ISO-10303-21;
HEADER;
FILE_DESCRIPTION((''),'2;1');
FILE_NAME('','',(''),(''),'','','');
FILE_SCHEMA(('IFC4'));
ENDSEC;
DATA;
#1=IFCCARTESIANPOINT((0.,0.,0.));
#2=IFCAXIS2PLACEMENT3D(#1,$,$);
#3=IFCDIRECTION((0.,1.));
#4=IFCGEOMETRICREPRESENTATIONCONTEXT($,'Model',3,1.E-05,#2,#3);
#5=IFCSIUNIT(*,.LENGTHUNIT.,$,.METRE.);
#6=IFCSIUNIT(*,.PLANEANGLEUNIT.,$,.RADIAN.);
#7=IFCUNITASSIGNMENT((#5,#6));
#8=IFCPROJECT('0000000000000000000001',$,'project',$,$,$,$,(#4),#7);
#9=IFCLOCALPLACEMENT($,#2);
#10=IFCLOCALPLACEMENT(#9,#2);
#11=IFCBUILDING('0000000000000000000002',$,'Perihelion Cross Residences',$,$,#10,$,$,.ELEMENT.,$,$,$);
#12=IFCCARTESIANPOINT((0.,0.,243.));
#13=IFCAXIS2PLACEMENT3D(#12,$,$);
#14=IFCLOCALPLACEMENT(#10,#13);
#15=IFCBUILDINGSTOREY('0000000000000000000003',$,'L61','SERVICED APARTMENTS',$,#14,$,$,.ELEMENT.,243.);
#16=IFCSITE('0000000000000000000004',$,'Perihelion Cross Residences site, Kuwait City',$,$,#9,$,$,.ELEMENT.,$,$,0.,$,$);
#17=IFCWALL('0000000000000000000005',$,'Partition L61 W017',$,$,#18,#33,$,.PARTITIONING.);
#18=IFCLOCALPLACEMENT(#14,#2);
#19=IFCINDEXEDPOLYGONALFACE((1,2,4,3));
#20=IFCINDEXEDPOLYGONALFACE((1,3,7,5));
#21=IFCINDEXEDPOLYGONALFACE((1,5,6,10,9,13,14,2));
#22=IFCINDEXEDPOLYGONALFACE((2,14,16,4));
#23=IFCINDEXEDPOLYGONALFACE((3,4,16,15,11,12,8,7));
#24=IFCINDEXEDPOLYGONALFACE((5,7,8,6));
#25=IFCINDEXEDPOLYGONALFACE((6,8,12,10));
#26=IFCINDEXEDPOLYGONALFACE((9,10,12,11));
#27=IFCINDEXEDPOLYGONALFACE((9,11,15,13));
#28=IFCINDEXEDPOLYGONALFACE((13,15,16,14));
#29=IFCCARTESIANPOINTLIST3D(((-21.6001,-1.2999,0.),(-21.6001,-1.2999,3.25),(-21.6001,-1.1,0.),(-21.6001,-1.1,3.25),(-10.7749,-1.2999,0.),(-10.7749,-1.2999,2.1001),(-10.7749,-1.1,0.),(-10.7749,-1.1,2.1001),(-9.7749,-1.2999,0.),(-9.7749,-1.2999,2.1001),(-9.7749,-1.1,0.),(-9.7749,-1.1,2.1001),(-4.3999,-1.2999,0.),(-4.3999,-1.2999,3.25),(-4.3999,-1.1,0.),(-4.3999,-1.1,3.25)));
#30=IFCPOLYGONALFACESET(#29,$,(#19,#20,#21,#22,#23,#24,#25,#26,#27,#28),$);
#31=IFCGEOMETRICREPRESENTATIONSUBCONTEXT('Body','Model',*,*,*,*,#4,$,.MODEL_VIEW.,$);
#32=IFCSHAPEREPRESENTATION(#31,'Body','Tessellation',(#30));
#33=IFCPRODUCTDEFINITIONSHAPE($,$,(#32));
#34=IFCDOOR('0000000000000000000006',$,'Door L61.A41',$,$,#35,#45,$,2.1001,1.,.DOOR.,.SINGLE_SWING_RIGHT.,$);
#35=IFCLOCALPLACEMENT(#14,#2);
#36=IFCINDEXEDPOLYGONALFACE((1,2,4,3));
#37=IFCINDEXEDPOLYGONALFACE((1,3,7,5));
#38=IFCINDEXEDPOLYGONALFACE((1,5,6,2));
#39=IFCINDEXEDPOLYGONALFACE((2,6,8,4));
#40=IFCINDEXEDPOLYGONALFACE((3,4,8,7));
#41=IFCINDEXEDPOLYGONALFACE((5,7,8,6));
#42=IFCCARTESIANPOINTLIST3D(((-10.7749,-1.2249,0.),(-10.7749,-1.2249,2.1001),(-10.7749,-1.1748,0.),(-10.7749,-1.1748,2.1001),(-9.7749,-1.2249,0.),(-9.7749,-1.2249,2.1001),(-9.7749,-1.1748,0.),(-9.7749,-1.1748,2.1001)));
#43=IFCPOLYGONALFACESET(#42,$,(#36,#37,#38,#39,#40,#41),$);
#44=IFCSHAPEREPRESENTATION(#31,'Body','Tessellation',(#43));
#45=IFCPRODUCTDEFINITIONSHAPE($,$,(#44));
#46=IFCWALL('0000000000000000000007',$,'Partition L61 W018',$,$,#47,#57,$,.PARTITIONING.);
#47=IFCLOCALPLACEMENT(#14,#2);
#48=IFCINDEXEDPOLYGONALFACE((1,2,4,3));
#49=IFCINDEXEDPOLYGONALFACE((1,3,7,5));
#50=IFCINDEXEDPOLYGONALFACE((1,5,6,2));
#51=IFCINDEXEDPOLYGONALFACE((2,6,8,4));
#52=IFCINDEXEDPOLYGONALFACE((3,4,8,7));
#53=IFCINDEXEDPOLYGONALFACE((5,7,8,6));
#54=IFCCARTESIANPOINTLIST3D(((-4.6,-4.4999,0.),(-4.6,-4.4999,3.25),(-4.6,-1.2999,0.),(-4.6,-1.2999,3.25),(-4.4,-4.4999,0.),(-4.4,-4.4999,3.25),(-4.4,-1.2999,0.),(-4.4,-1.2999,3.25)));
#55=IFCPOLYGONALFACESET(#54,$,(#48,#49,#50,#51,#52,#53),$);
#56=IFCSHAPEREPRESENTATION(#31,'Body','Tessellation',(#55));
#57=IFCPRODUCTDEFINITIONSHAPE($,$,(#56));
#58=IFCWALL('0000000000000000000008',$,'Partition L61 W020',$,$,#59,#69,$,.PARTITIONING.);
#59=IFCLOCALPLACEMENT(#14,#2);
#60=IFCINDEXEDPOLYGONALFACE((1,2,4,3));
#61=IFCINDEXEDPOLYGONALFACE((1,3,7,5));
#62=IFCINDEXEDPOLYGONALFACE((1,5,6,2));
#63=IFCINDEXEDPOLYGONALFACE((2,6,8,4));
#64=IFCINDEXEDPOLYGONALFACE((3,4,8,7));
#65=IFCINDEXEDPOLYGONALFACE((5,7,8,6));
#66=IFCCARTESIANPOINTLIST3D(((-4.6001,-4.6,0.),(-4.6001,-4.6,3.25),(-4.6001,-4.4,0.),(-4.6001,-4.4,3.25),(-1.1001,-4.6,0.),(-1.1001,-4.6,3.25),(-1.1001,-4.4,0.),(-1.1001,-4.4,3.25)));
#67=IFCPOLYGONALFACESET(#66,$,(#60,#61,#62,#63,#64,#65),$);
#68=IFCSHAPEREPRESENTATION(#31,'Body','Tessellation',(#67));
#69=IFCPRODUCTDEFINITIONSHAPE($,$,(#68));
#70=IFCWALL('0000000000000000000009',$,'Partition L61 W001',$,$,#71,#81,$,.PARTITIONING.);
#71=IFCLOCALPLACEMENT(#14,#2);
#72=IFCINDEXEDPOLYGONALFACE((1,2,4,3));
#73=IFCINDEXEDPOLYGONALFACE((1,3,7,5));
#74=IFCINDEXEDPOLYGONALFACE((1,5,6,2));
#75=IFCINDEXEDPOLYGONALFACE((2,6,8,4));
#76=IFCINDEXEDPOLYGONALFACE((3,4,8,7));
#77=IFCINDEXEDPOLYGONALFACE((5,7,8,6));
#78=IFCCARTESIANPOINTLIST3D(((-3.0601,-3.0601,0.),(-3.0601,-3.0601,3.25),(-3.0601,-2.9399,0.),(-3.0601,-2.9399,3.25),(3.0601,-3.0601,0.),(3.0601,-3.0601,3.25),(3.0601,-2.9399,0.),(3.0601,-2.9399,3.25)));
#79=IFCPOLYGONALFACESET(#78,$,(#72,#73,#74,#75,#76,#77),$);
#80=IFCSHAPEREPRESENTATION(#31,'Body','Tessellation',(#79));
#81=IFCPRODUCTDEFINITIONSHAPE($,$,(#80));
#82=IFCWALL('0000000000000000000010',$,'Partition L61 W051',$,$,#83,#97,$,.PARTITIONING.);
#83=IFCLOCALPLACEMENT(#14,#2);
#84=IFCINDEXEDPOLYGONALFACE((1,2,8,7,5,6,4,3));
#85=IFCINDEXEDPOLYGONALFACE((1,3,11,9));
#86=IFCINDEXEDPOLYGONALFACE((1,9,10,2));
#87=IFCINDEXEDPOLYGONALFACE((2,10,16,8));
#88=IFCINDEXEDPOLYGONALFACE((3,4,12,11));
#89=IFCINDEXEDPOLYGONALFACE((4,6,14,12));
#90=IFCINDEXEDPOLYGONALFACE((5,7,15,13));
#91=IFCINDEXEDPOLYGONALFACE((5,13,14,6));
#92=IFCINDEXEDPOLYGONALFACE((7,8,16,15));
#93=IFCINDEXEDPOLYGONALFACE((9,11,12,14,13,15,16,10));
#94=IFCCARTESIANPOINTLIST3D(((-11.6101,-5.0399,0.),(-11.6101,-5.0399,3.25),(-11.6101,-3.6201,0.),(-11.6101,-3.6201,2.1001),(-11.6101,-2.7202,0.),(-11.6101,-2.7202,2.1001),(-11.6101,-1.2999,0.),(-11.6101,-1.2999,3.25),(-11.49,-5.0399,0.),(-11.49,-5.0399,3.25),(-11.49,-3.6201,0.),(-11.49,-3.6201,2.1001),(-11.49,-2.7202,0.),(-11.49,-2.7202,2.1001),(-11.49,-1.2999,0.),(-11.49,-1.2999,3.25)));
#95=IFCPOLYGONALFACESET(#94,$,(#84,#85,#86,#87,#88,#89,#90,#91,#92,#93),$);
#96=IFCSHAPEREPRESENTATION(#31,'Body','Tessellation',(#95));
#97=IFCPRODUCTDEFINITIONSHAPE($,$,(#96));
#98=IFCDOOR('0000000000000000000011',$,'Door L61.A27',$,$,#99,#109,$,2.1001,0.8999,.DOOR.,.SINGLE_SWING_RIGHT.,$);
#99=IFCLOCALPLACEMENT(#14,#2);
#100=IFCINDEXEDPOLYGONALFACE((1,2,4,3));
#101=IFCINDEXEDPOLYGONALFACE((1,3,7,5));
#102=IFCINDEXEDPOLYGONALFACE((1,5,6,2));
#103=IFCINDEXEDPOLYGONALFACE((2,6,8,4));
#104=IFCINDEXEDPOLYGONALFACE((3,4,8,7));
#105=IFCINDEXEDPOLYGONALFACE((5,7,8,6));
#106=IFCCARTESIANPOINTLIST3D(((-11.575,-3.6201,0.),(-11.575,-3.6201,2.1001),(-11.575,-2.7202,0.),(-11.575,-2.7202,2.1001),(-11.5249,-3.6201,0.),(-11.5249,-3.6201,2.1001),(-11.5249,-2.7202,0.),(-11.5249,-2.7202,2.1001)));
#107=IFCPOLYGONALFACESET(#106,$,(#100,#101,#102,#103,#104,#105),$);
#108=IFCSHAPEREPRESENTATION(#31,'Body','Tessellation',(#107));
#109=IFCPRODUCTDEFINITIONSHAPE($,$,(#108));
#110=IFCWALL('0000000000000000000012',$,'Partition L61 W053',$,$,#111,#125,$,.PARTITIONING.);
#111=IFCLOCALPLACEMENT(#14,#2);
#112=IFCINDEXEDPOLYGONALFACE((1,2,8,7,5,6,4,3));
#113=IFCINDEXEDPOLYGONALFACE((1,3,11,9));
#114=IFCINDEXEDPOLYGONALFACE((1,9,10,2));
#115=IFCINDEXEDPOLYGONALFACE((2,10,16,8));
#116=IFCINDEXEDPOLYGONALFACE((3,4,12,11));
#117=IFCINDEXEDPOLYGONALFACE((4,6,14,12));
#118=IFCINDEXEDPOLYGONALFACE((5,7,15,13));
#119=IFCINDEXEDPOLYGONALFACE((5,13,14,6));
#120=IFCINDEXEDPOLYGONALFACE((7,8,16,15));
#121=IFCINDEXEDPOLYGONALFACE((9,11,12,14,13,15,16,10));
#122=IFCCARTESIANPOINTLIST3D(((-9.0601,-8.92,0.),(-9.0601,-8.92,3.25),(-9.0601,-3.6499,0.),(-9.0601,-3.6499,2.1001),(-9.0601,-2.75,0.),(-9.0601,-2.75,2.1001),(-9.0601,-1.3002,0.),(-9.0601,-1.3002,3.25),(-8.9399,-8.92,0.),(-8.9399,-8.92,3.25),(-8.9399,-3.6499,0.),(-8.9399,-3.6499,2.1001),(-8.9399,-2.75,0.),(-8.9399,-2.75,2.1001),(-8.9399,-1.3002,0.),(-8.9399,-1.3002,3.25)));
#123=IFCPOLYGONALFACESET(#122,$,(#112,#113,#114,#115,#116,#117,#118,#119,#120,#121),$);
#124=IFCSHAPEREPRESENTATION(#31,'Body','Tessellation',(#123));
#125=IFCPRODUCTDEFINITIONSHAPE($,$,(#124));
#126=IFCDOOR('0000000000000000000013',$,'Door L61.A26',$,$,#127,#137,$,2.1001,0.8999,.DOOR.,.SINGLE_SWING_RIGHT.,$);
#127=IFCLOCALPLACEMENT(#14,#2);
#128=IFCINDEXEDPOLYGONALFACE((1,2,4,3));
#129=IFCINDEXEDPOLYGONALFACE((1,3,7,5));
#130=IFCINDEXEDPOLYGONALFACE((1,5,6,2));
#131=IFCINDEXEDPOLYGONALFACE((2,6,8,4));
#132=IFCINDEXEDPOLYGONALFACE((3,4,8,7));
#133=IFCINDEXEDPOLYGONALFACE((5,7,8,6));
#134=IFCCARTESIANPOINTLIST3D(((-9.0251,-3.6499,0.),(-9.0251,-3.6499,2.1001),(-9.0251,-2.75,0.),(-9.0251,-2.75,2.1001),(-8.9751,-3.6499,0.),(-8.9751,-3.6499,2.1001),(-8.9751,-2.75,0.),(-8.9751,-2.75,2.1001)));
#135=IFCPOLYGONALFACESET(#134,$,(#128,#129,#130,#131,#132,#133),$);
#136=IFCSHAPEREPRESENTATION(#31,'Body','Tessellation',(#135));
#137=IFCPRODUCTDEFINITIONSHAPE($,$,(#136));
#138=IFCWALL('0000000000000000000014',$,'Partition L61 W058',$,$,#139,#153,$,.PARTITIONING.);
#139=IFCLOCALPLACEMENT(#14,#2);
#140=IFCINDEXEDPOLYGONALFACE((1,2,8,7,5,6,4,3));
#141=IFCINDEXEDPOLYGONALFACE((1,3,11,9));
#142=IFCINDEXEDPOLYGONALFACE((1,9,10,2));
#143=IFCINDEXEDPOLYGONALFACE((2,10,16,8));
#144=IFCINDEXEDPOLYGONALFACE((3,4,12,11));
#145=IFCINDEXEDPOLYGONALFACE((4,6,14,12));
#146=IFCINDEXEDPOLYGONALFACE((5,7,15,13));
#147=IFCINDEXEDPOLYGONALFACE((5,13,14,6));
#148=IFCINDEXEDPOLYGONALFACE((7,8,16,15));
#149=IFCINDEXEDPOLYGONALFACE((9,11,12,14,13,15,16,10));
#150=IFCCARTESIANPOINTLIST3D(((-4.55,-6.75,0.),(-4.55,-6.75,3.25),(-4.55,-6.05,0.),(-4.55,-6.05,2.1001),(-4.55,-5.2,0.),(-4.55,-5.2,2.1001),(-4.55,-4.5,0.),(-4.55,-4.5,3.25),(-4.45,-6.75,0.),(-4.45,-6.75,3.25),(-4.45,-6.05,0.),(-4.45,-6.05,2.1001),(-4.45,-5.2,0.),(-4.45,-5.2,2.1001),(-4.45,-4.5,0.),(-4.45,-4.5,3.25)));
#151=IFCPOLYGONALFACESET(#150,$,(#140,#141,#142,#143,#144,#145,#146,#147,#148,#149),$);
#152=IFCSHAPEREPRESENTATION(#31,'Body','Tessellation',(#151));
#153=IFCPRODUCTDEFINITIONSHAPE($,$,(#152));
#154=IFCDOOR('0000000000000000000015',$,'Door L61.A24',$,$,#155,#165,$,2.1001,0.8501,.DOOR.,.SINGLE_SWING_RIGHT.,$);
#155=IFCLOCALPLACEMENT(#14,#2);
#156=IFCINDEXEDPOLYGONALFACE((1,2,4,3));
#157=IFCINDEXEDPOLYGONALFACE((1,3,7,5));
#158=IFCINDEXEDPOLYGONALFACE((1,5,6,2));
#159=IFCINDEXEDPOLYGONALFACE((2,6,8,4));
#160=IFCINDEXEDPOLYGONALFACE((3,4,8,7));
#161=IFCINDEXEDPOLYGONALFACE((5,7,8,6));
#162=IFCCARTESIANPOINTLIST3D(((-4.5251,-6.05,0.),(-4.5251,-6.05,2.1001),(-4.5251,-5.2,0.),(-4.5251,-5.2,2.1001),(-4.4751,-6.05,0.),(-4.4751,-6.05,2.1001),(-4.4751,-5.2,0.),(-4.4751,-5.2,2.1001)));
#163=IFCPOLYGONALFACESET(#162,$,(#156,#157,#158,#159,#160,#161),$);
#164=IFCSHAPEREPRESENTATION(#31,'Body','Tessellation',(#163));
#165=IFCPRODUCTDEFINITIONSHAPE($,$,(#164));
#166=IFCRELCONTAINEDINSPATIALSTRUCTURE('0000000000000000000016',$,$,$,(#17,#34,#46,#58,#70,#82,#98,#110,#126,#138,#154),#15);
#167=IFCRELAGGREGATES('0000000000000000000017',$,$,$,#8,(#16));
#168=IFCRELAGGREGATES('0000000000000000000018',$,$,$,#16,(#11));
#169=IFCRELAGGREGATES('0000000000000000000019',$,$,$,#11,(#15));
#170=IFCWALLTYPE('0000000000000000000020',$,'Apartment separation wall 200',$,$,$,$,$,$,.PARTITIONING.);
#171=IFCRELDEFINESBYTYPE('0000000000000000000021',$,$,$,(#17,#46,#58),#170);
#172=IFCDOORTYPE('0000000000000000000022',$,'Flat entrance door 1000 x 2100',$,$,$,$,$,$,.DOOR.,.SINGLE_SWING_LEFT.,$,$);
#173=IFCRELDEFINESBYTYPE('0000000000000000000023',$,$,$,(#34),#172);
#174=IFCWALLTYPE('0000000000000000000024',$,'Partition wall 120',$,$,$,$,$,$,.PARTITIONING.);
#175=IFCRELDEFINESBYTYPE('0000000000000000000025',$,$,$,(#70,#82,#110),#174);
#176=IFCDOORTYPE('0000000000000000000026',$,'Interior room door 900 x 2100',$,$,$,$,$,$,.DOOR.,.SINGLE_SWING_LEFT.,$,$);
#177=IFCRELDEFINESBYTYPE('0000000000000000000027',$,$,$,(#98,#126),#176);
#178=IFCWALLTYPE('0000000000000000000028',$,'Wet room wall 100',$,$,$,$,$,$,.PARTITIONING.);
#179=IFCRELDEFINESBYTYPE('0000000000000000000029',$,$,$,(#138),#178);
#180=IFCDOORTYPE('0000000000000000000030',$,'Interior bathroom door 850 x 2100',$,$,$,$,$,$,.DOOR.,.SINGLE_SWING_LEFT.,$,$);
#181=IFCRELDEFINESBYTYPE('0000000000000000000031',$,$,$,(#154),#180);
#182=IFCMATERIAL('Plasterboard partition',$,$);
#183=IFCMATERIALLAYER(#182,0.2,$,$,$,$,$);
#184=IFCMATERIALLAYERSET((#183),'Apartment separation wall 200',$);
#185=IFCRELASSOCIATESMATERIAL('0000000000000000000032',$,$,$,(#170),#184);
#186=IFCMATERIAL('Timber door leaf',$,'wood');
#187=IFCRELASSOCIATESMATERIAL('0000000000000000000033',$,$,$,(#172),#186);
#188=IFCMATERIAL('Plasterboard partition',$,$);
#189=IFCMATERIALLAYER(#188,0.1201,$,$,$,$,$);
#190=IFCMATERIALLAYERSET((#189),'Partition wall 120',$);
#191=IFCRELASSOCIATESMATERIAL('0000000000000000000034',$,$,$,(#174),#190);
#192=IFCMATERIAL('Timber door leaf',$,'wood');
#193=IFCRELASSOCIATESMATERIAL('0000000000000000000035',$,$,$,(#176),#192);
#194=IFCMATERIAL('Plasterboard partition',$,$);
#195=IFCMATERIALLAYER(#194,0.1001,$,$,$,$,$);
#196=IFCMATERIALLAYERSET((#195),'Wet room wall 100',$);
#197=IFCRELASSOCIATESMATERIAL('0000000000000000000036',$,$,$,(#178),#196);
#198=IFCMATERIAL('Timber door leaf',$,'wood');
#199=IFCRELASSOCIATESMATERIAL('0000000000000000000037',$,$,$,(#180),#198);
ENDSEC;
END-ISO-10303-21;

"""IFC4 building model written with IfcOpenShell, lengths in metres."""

from ifc_helpers import new_model, si_unit, direction, frame, frame_2d, origin, place, context, subcontext, project, spatial, rectangle, extrude, material, layer, layer_set, type_object, element, fill, save


model = new_model("IFC4")

# Units and contexts
model_context = context("Model", 3, precision=1e-05, world=origin(), true_north=direction((0.0, 1.0)))
body_context = subcontext(model_context, "Body", "Model", "MODEL_VIEW")
ifc_project = project(units=[si_unit("LENGTHUNIT", "METRE"), si_unit("PLANEANGLEUNIT", "RADIAN")], contexts=[model_context])

# Site, building, storey
site_placement = place(None, origin())
site = spatial("IfcSite", under=ifc_project, at=site_placement, Name="Perihelion Cross Residences site, Kuwait City", CompositionType="ELEMENT", RefElevation=0.0)
building_placement = place(site_placement, origin())
building = spatial("IfcBuilding", under=site, at=building_placement, Name="Perihelion Cross Residences", CompositionType="ELEMENT")
storey_placement = place(building_placement, frame((0.0, 0.0, 243.0)))
storey = spatial("IfcBuildingStorey", under=building, at=storey_placement, Name="L61", Description="SERVICED APARTMENTS", CompositionType="ELEMENT", Elevation=243.0)

# Wall, opening, door
ifc_material_1 = material(Name="Plasterboard partition")
ifc_layer_1 = layer(ifc_material_1, 0.2)
ifc_layer_set_1 = layer_set([ifc_layer_1], Name="Apartment separation wall 200")
wall_type_1 = type_object("IfcWallType", Name="Apartment separation wall 200", PredefinedType="PARTITIONING", material=ifc_layer_set_1)
wall_1_placement = place(storey_placement, frame((-4.3999, -1.2, 0.0), z_axis=(0.0, 0.0, 1.0), x_axis=(-1.0, 0.0, 0.0)))
wall_1 = element("IfcWall", 1, at=wall_1_placement, inside=storey, type_object=wall_type_1, Name="Partition L61 W017", PredefinedType="PARTITIONING", context=body_context, shape_type="SweptSolid", body=[
    extrude(rectangle(XDim=17.2002, YDim=0.2, at=frame_2d((8.6001, 0.0))), origin(), (0.0, 0.0, 1.0), 3.25),
])
opening_1_placement = place(wall_1_placement, frame((5.375, 0.0, 0.0)))
opening_1 = element("IfcOpeningElement", 2, at=opening_1_placement, cuts=wall_1, PredefinedType="OPENING", context=body_context, shape_type="SweptSolid", body=[
    extrude(rectangle(XDim=1.0, YDim=2.1001, at=frame_2d((0.5, 1.05))), frame((0.0, 0.1099, 0.0), z_axis=(0.0, -1.0, 0.0), x_axis=(1.0, 0.0, 0.0)), (0.0, 0.0, 1.0), 0.22),
])
ifc_material_2 = material(Name="Timber door leaf", Category="wood")
door_type_1 = type_object("IfcDoorType", Name="Flat entrance door 1000 x 2100", OperationType="SINGLE_SWING_LEFT", PredefinedType="DOOR", material=ifc_material_2)
door_1_placement = place(opening_1_placement, origin())
door_1 = element("IfcDoor", 3, at=door_1_placement, inside=storey, type_object=door_type_1, Name="Door L61.A41", OperationType="SINGLE_SWING_RIGHT", OverallHeight=2.1001, OverallWidth=1.0, PredefinedType="DOOR", context=body_context, shape_type="SweptSolid", body=[
    extrude(rectangle(XDim=1.0, YDim=2.1001, at=frame_2d((0.5, 1.05))), frame((0.0, 0.0249, 0.0), z_axis=(0.0, -1.0, 0.0), x_axis=(1.0, 0.0, 0.0)), (0.0, 0.0, 1.0), 0.05),
])
fill(opening_1, door_1)

# Walls
wall_2_placement = place(storey_placement, frame((-4.5, -4.5, 0.0), z_axis=(0.0, 0.0, 1.0), x_axis=(0.0, 1.0, 0.0)))
element("IfcWall", 4, at=wall_2_placement, inside=storey, type_object=wall_type_1, Name="Partition L61 W018", PredefinedType="PARTITIONING", context=body_context, shape_type="SweptSolid", body=[
    extrude(rectangle(XDim=3.2, YDim=0.2, at=frame_2d((1.6001, 0.0))), origin(), (0.0, 0.0, 1.0), 3.25),
])
wall_3_placement = place(storey_placement, frame((-1.1001, -4.5, 0.0), z_axis=(0.0, 0.0, 1.0), x_axis=(-1.0, 0.0, 0.0)))
element("IfcWall", 5, at=wall_3_placement, inside=storey, type_object=wall_type_1, Name="Partition L61 W020", PredefinedType="PARTITIONING", context=body_context, shape_type="SweptSolid", body=[
    extrude(rectangle(XDim=3.5, YDim=0.2, at=frame_2d((1.75, 0.0))), origin(), (0.0, 0.0, 1.0), 3.25),
])
ifc_material_3 = material(Name="Plasterboard partition")
ifc_layer_2 = layer(ifc_material_3, 0.1201)
ifc_layer_set_2 = layer_set([ifc_layer_2], Name="Partition wall 120")
wall_type_2 = type_object("IfcWallType", Name="Partition wall 120", PredefinedType="PARTITIONING", material=ifc_layer_set_2)
wall_4_placement = place(storey_placement, frame((-3.0601, -3.0, 0.0), z_axis=(0.0, 0.0, 1.0), x_axis=(1.0, 0.0, 0.0)))
element("IfcWall", 6, at=wall_4_placement, inside=storey, type_object=wall_type_2, Name="Partition L61 W001", PredefinedType="PARTITIONING", context=body_context, shape_type="SweptSolid", body=[
    extrude(rectangle(XDim=6.1201, YDim=0.1201, at=frame_2d((3.0601, 0.0))), origin(), (0.0, 0.0, 1.0), 3.25),
])

# Walls, openings, doors
wall_5_placement = place(storey_placement, frame((-11.55, -5.04, 0.0), z_axis=(0.0, 0.0, 1.0), x_axis=(0.0, 1.0, 0.0)))
wall_5 = element("IfcWall", 7, at=wall_5_placement, inside=storey, type_object=wall_type_2, Name="Partition L61 W051", PredefinedType="PARTITIONING", context=body_context, shape_type="SweptSolid", body=[
    extrude(rectangle(XDim=3.74, YDim=0.1201, at=frame_2d((1.8701, 0.0))), origin(), (0.0, 0.0, 1.0), 3.25),
])
opening_2_placement = place(wall_5_placement, frame((1.4199, 0.0, 0.0)))
opening_2 = element("IfcOpeningElement", 8, at=opening_2_placement, cuts=wall_5, PredefinedType="OPENING", context=body_context, shape_type="SweptSolid", body=[
    extrude(rectangle(XDim=0.8999, YDim=2.1001, at=frame_2d((0.45, 1.05))), frame((0.0, 0.0701, 0.0), z_axis=(0.0, -1.0, 0.0), x_axis=(1.0, 0.0, 0.0)), (0.0, 0.0, 1.0), 0.1401),
])
ifc_material_4 = material(Name="Timber door leaf", Category="wood")
door_type_2 = type_object("IfcDoorType", Name="Interior room door 900 x 2100", OperationType="SINGLE_SWING_LEFT", PredefinedType="DOOR", material=ifc_material_4)
door_2_placement = place(opening_2_placement, origin())
door_2 = element("IfcDoor", 9, at=door_2_placement, inside=storey, type_object=door_type_2, Name="Door L61.A27", OperationType="SINGLE_SWING_RIGHT", OverallHeight=2.1001, OverallWidth=0.8999, PredefinedType="DOOR", context=body_context, shape_type="SweptSolid", body=[
    extrude(rectangle(XDim=0.8999, YDim=2.1001, at=frame_2d((0.45, 1.05))), frame((0.0, 0.0249, 0.0), z_axis=(0.0, -1.0, 0.0), x_axis=(1.0, 0.0, 0.0)), (0.0, 0.0, 1.0), 0.05),
])
fill(opening_2, door_2)
wall_6_placement = place(storey_placement, frame((-9.0, -1.3, 0.0), z_axis=(0.0, 0.0, 1.0), x_axis=(0.0, -1.0, 0.0)))
wall_6 = element("IfcWall", 10, at=wall_6_placement, inside=storey, type_object=wall_type_2, Name="Partition L61 W053", PredefinedType="PARTITIONING", context=body_context, shape_type="SweptSolid", body=[
    extrude(rectangle(XDim=7.6199, YDim=0.1201, at=frame_2d((3.8101, 0.0))), origin(), (0.0, 0.0, 1.0), 3.25),
])
opening_3_placement = place(wall_6_placement, frame((1.45, 0.0, 0.0)))
opening_3 = element("IfcOpeningElement", 11, at=opening_3_placement, cuts=wall_6, PredefinedType="OPENING", context=body_context, shape_type="SweptSolid", body=[
    extrude(rectangle(XDim=0.8999, YDim=2.1001, at=frame_2d((0.45, 1.05))), frame((0.0, 0.0701, 0.0), z_axis=(0.0, -1.0, 0.0), x_axis=(1.0, 0.0, 0.0)), (0.0, 0.0, 1.0), 0.1401),
])
door_3_placement = place(opening_3_placement, origin())
door_3 = element("IfcDoor", 12, at=door_3_placement, inside=storey, type_object=door_type_2, Name="Door L61.A26", OperationType="SINGLE_SWING_RIGHT", OverallHeight=2.1001, OverallWidth=0.8999, PredefinedType="DOOR", context=body_context, shape_type="SweptSolid", body=[
    extrude(rectangle(XDim=0.8999, YDim=2.1001, at=frame_2d((0.45, 1.05))), frame((0.0, 0.0249, 0.0), z_axis=(0.0, -1.0, 0.0), x_axis=(1.0, 0.0, 0.0)), (0.0, 0.0, 1.0), 0.05),
])
fill(opening_3, door_3)
ifc_material_5 = material(Name="Plasterboard partition")
ifc_layer_3 = layer(ifc_material_5, 0.1001)
ifc_layer_set_3 = layer_set([ifc_layer_3], Name="Wet room wall 100")
wall_type_3 = type_object("IfcWallType", Name="Wet room wall 100", PredefinedType="PARTITIONING", material=ifc_layer_set_3)
wall_7_placement = place(storey_placement, frame((-4.5, -4.5, 0.0), z_axis=(0.0, 0.0, 1.0), x_axis=(0.0, -1.0, 0.0)))
wall_7 = element("IfcWall", 13, at=wall_7_placement, inside=storey, type_object=wall_type_3, Name="Partition L61 W058", PredefinedType="PARTITIONING", context=body_context, shape_type="SweptSolid", body=[
    extrude(rectangle(XDim=2.25, YDim=0.1001, at=frame_2d((1.125, 0.0))), origin(), (0.0, 0.0, 1.0), 3.25),
])
opening_4_placement = place(wall_7_placement, frame((0.7, 0.0, 0.0)))
opening_4 = element("IfcOpeningElement", 14, at=opening_4_placement, cuts=wall_7, PredefinedType="OPENING", context=body_context, shape_type="SweptSolid", body=[
    extrude(rectangle(XDim=0.8501, YDim=2.1001, at=frame_2d((0.425, 1.05))), frame((0.0, 0.0601, 0.0), z_axis=(0.0, -1.0, 0.0), x_axis=(1.0, 0.0, 0.0)), (0.0, 0.0, 1.0), 0.1201),
])
ifc_material_6 = material(Name="Timber door leaf", Category="wood")
door_type_3 = type_object("IfcDoorType", Name="Interior bathroom door 850 x 2100", OperationType="SINGLE_SWING_LEFT", PredefinedType="DOOR", material=ifc_material_6)
door_4_placement = place(opening_4_placement, origin())
door_4 = element("IfcDoor", 15, at=door_4_placement, inside=storey, type_object=door_type_3, Name="Door L61.A24", OperationType="SINGLE_SWING_RIGHT", OverallHeight=2.1001, OverallWidth=0.8501, PredefinedType="DOOR", context=body_context, shape_type="SweptSolid", body=[
    extrude(rectangle(XDim=0.8501, YDim=2.1001, at=frame_2d((0.425, 1.05))), frame((0.0, 0.0249, 0.0), z_axis=(0.0, -1.0, 0.0), x_axis=(1.0, 0.0, 0.0)), (0.0, 0.0, 1.0), 0.05),
])
fill(opening_4, door_4)

save(model, "model.ifc")
